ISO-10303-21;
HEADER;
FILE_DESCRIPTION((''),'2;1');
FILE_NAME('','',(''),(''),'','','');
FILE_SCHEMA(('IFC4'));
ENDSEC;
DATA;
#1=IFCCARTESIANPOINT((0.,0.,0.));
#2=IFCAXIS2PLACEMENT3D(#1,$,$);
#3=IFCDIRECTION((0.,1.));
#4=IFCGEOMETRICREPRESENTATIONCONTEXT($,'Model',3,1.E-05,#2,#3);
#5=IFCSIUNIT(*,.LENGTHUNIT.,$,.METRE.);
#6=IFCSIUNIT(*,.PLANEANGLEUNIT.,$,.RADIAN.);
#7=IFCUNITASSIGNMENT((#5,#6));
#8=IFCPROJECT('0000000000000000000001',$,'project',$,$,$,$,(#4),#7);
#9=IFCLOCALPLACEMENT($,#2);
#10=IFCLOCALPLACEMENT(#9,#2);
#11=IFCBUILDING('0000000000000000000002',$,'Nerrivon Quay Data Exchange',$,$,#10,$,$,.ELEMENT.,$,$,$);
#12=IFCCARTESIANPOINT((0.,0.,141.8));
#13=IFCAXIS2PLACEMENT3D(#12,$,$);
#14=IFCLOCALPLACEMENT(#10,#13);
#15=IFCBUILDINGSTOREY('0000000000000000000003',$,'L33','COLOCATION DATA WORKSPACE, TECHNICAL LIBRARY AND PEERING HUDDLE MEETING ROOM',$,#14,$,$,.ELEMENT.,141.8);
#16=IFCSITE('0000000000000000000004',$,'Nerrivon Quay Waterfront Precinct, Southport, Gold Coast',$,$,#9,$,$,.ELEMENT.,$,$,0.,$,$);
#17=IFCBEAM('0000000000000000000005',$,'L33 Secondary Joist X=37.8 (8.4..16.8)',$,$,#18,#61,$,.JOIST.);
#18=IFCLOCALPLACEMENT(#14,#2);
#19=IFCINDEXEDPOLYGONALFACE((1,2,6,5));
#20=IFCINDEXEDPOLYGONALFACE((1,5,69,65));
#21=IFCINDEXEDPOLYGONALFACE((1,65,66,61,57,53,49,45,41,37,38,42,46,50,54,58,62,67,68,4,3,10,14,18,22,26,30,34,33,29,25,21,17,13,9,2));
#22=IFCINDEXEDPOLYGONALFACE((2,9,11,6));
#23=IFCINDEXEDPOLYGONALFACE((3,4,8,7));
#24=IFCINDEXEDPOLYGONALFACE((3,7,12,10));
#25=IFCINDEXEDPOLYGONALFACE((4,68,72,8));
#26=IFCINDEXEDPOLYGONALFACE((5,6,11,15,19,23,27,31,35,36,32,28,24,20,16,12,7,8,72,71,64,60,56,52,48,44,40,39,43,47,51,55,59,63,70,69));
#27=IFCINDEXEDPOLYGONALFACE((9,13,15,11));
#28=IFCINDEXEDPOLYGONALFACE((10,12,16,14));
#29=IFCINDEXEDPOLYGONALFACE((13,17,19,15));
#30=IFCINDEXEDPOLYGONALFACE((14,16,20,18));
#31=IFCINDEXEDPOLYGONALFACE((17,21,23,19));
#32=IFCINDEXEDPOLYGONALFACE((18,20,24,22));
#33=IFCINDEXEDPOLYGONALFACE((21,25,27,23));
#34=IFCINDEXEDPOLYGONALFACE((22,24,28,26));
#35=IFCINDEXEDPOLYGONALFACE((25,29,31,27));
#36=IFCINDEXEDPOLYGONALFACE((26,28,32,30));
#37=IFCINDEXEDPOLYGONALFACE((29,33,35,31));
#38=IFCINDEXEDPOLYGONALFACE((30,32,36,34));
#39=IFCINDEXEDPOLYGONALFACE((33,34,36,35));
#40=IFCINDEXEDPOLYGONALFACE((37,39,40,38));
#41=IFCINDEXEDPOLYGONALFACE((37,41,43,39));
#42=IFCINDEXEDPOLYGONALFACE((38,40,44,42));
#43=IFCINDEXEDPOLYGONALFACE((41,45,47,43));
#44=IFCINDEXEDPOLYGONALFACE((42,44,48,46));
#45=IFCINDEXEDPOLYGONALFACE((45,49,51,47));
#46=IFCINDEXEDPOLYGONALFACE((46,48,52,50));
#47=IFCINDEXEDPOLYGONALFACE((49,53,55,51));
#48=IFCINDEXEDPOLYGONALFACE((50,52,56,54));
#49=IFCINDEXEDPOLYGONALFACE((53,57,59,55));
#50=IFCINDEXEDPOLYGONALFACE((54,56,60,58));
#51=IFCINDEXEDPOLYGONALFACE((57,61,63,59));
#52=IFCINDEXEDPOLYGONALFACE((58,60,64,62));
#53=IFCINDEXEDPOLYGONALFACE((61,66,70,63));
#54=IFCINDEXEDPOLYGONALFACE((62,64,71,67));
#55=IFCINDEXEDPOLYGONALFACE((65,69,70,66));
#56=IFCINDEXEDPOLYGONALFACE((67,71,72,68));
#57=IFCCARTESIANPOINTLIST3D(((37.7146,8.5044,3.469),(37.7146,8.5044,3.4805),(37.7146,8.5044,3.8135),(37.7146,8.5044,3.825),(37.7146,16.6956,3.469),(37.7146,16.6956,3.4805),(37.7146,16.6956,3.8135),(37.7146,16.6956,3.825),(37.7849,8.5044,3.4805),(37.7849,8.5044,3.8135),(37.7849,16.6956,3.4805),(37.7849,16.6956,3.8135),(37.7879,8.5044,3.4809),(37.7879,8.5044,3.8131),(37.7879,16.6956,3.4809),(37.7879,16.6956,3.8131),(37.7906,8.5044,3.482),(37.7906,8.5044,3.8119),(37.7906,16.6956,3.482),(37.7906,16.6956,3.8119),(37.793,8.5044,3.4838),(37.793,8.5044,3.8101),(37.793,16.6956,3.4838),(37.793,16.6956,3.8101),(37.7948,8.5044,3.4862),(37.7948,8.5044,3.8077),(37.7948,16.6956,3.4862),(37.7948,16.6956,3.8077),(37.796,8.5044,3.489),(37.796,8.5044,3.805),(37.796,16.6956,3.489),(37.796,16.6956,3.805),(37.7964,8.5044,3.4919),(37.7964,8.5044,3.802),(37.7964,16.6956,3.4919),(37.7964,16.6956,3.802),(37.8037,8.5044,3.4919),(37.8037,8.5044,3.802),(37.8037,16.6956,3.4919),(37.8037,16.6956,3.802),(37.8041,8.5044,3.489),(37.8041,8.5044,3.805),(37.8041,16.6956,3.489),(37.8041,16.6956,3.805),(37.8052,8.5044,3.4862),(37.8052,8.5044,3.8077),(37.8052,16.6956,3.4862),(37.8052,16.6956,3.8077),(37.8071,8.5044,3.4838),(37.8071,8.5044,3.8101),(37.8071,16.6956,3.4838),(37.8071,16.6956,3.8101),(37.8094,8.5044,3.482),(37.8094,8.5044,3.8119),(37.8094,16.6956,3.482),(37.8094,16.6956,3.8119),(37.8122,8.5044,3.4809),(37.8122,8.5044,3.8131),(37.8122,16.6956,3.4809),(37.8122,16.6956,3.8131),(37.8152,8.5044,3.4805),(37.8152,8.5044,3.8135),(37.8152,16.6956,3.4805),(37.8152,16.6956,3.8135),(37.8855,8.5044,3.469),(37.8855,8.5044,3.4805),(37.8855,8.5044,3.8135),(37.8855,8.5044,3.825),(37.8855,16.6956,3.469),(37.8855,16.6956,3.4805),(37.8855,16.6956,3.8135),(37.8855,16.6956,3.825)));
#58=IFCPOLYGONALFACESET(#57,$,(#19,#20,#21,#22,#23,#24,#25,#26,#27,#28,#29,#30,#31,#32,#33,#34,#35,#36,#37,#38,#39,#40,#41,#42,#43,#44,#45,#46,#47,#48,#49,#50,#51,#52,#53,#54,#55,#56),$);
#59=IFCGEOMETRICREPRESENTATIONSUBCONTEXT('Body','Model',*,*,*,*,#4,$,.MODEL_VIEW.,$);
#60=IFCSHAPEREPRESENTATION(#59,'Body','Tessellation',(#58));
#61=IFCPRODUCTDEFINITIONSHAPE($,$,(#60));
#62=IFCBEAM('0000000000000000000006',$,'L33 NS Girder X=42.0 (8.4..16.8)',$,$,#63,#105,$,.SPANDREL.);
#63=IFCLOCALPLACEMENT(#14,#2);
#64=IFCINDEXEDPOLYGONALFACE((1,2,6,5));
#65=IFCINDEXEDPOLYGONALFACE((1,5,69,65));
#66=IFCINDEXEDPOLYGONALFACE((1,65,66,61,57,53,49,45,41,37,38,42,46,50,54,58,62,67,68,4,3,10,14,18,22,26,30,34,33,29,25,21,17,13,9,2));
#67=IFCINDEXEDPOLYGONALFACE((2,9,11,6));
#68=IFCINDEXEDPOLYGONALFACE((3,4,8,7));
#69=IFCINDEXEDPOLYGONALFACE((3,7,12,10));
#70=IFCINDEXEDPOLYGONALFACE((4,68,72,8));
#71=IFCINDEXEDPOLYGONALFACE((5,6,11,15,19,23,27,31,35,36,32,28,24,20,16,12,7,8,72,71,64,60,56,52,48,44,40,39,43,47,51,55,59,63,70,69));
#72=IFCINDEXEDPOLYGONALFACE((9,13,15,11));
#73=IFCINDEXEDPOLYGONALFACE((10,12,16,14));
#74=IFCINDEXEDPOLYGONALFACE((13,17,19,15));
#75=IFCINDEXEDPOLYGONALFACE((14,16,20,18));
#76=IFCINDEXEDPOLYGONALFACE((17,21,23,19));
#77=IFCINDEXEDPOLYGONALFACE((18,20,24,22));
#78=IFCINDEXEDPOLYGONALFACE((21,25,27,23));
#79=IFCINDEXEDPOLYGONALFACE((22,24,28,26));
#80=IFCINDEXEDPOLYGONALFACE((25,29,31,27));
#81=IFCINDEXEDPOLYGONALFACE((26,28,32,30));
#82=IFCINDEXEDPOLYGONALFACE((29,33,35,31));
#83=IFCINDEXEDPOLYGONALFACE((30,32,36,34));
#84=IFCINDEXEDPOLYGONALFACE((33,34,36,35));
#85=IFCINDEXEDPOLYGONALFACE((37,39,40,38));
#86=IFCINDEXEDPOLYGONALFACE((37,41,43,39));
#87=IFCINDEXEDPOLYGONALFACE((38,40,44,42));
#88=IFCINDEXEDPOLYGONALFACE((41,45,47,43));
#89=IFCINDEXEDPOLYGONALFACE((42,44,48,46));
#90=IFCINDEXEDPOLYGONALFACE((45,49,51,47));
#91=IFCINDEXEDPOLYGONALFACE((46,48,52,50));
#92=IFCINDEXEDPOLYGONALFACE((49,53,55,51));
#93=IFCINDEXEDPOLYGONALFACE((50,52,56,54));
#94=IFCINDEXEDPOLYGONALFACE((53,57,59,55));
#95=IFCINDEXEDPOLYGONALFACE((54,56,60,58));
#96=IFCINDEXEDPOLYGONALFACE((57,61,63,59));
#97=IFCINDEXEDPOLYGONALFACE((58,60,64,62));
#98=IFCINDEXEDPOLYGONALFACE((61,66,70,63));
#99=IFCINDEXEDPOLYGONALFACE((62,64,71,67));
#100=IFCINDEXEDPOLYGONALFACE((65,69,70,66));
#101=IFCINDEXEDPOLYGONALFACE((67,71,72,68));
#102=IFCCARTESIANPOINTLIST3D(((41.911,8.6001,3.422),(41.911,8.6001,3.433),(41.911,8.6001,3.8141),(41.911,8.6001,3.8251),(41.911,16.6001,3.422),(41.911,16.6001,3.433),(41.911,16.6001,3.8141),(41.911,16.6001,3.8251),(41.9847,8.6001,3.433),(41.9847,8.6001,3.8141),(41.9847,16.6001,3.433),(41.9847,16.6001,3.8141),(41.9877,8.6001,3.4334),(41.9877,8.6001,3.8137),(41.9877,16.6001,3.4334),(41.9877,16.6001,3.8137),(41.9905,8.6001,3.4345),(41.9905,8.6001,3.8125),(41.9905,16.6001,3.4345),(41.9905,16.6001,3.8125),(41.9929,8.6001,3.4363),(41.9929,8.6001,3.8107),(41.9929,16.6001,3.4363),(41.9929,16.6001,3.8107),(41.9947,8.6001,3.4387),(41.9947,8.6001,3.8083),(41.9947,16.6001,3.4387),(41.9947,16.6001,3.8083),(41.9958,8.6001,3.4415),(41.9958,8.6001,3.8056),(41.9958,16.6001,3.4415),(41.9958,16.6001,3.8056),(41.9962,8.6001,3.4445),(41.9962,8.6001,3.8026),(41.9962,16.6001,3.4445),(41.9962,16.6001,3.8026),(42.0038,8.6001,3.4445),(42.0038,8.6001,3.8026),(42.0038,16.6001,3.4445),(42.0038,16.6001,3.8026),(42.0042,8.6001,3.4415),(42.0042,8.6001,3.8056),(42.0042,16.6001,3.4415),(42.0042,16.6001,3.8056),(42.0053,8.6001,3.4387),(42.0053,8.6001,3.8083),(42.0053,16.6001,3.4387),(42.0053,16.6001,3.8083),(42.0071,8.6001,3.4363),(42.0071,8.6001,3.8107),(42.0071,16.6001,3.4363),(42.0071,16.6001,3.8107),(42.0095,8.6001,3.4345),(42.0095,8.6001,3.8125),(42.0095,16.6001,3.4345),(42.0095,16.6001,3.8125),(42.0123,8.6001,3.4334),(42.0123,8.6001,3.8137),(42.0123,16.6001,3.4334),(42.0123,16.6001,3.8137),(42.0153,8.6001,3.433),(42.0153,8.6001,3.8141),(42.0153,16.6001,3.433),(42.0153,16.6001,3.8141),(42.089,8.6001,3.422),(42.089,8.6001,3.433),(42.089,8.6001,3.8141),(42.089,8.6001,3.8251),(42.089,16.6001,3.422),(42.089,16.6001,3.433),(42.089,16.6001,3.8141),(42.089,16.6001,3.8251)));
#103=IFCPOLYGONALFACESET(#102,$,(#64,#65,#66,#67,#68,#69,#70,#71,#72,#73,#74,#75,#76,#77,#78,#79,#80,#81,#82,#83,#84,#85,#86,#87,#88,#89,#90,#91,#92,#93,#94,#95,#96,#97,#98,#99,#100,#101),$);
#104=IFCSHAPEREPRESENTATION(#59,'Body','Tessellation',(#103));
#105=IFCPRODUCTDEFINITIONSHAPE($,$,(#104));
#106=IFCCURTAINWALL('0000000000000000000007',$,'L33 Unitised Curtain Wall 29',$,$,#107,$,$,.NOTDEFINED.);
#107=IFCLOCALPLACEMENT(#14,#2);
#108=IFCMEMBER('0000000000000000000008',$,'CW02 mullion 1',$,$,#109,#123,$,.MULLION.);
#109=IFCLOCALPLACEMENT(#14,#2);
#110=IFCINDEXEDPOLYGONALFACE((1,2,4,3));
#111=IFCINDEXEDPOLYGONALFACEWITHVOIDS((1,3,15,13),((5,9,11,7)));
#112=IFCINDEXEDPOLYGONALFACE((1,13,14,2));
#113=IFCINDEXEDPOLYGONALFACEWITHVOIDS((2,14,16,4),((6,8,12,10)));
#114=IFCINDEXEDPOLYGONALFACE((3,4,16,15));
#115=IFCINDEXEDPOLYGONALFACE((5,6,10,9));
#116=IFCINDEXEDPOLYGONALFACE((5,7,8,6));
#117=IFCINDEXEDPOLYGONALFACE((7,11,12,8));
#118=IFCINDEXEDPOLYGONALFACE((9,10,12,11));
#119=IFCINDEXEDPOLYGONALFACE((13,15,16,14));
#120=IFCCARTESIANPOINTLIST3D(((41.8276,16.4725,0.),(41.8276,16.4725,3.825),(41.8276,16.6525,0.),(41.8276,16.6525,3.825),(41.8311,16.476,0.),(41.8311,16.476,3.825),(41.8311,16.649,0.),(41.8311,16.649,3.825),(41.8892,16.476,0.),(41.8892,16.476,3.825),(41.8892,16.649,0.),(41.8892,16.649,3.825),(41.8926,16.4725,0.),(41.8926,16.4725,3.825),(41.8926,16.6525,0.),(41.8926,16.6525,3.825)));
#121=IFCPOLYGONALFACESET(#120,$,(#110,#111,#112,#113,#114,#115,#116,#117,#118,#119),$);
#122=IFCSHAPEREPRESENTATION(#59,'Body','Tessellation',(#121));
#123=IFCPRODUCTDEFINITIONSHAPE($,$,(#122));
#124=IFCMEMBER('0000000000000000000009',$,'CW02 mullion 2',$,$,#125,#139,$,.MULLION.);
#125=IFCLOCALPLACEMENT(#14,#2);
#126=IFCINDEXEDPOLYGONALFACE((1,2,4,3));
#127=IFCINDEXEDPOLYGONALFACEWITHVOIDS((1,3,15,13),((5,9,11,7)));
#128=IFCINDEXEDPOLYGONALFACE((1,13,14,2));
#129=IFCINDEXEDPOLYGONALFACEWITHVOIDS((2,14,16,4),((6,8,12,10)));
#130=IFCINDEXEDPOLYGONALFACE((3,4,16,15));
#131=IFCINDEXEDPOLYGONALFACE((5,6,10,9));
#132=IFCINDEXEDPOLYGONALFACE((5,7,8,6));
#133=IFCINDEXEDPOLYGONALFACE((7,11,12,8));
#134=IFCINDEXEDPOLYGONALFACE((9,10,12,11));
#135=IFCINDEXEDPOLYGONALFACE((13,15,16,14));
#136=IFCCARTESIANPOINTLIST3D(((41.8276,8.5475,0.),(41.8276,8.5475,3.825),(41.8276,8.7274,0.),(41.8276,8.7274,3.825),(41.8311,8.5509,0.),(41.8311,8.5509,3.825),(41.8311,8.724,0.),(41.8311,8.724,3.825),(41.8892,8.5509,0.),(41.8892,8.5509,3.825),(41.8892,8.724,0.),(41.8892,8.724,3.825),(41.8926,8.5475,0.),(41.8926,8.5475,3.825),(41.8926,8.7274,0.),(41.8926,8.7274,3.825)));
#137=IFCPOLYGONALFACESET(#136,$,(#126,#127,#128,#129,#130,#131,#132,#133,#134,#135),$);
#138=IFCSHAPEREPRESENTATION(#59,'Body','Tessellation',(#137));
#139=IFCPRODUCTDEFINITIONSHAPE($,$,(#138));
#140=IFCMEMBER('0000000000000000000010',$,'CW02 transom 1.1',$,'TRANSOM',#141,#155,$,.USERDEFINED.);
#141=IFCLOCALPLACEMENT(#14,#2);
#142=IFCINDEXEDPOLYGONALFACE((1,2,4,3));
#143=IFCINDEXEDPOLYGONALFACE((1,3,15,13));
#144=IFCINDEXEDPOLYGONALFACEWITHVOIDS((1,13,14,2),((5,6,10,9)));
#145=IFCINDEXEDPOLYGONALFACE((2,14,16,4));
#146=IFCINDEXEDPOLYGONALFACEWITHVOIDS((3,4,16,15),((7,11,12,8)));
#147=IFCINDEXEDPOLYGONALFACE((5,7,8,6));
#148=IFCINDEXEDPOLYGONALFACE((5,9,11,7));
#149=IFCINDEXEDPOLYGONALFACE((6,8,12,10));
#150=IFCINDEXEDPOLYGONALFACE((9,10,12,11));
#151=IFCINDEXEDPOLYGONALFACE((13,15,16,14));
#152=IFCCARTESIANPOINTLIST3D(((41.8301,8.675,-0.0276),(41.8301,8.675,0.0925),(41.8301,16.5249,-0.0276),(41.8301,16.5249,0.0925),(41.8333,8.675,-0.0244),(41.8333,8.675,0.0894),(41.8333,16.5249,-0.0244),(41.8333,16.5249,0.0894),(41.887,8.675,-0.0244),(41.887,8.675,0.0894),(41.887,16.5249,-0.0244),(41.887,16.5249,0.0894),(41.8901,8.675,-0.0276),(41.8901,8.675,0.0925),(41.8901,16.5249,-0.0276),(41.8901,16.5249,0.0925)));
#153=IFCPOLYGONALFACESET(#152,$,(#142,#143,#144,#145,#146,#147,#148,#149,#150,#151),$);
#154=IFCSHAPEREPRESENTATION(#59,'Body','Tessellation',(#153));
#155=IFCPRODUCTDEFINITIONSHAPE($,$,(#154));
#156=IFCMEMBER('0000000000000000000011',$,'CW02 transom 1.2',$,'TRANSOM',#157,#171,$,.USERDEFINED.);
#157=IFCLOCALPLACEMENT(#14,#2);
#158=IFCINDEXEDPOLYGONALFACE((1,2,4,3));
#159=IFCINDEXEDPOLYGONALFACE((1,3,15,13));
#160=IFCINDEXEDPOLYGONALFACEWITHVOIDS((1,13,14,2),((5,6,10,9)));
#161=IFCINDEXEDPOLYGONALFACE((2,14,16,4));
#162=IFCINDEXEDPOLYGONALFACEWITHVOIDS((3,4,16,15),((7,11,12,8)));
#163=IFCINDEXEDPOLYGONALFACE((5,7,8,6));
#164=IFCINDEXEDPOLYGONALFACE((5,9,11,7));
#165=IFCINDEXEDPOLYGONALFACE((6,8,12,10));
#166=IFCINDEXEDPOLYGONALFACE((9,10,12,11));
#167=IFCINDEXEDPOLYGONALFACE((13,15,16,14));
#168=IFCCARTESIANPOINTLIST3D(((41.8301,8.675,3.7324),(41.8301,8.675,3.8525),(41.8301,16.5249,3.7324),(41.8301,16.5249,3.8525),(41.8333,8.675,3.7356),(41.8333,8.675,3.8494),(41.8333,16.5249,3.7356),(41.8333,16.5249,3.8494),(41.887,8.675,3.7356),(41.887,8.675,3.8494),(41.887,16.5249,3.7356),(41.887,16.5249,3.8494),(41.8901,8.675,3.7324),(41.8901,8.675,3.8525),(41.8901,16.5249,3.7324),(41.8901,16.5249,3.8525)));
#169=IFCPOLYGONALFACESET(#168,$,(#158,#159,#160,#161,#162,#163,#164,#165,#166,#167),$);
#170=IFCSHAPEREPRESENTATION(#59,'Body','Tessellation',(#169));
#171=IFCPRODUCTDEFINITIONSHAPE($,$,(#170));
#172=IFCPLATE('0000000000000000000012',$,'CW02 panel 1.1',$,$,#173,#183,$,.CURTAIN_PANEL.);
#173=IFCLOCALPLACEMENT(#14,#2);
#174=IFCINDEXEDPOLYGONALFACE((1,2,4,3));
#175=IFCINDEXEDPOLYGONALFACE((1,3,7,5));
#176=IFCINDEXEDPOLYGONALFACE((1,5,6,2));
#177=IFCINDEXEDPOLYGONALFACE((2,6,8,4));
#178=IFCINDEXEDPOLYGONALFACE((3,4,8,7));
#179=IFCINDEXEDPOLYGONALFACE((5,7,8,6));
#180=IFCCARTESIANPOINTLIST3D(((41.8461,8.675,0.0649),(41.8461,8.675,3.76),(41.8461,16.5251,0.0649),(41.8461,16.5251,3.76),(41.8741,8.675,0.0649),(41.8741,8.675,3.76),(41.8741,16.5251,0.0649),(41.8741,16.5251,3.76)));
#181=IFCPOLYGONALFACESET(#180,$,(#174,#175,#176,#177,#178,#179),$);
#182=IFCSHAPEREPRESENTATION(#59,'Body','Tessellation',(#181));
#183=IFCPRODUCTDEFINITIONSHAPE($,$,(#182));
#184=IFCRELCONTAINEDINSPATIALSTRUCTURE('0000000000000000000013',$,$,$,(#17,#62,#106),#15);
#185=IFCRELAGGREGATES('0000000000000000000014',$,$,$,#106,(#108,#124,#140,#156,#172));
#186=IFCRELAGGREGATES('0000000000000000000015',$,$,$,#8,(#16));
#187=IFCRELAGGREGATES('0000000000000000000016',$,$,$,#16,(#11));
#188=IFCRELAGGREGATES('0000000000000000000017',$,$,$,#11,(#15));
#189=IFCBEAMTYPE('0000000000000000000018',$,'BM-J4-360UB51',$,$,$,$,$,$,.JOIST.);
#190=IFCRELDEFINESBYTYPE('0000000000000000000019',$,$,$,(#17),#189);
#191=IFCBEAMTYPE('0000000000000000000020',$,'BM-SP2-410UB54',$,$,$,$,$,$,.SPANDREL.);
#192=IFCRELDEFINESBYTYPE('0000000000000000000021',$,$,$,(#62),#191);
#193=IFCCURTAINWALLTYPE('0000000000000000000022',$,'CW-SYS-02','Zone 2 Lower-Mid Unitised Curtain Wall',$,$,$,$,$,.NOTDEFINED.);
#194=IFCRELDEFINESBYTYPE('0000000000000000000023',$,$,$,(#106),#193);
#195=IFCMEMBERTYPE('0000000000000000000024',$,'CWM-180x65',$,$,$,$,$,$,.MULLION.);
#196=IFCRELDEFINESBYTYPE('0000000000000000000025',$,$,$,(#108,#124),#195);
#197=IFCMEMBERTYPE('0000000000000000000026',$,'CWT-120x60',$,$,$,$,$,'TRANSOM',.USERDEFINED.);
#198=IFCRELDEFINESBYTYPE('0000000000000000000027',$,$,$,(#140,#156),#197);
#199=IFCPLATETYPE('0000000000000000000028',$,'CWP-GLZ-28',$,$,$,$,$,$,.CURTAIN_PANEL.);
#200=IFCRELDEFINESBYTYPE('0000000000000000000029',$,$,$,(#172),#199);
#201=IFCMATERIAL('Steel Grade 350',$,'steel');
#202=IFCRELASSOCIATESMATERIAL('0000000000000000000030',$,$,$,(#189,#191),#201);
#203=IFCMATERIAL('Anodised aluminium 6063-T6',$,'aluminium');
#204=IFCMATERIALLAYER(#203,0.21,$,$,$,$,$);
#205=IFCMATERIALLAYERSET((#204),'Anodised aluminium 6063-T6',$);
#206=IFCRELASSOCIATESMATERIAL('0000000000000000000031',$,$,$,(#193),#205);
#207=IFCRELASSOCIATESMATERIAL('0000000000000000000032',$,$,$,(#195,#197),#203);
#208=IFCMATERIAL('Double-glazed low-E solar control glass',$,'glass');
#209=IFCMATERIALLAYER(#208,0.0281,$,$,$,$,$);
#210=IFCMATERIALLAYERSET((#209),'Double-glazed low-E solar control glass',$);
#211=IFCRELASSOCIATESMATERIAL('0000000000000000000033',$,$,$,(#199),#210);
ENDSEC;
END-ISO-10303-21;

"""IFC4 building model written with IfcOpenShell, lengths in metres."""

from ifc_helpers import new_model, si_unit, direction, frame, origin, origin_2d, place, context, subcontext, project, spatial, rectangle, hollow_rectangle, i_section, extrude, material, layer, layer_set, material_profile, profile_set, type_object, element, aggregate, save


model = new_model("IFC4")

# Units and contexts
model_context = context("Model", 3, precision=1e-05, world=origin(), true_north=direction((0.0, 1.0)))
body_context = subcontext(model_context, "Body", "Model", "MODEL_VIEW")
ifc_project = project(units=[si_unit("LENGTHUNIT", "METRE"), si_unit("PLANEANGLEUNIT", "RADIAN")], contexts=[model_context])

# Site, building, storey
site_placement = place(None, origin())
site = spatial("IfcSite", under=ifc_project, at=site_placement, Name="Nerrivon Quay Waterfront Precinct, Southport, Gold Coast", CompositionType="ELEMENT", RefElevation=0.0)
building_placement = place(site_placement, origin())
building = spatial("IfcBuilding", under=site, at=building_placement, Name="Nerrivon Quay Data Exchange", CompositionType="ELEMENT")
storey_placement = place(building_placement, frame((0.0, 0.0, 141.8)))
storey = spatial("IfcBuildingStorey", under=building, at=storey_placement, Name="L33", Description="COLOCATION DATA WORKSPACE, TECHNICAL LIBRARY AND PEERING HUDDLE MEETING ROOM", CompositionType="ELEMENT", Elevation=141.8)

# Shared definitions
ifc_material_1 = material(Name="Steel Grade 350", Category="steel")

# Beams
ifc_material_profile_1 = material_profile(ifc_material_1, i_section(OverallWidth=0.1709, OverallDepth=0.356, WebThickness=0.0073, FlangeThickness=0.0115, FilletRadius=0.0115, at=origin_2d()), Name="360UB50.7")
ifc_profile_set_1 = profile_set([ifc_material_profile_1], Name="Steel Grade 350")
beam_type_1 = type_object("IfcBeamType", Name="BM-J4-360UB51", PredefinedType="JOIST", material=ifc_profile_set_1)
beam_1_placement = place(storey_placement, frame((37.8, 8.5044, 3.647), z_axis=(0.0, 1.0, 0.0), x_axis=(-1.0, 0.0, 0.0)))
element("IfcBeam", 1, at=beam_1_placement, inside=storey, type_object=beam_type_1, Name="L33 Secondary Joist X=37.8 (8.4..16.8)", PredefinedType="JOIST", context=body_context, shape_type="SweptSolid", body=[
    extrude(i_section(OverallWidth=0.1709, OverallDepth=0.356, WebThickness=0.0073, FlangeThickness=0.0115, FilletRadius=0.0115, at=origin_2d()), origin(), (0.0, 0.0, 1.0), 8.1912),
])
ifc_material_profile_2 = material_profile(ifc_material_1, i_section(OverallWidth=0.178, OverallDepth=0.4031, WebThickness=0.0076, FlangeThickness=0.011, FilletRadius=0.0115, at=origin_2d()), Name="410UB53.7")
ifc_profile_set_2 = profile_set([ifc_material_profile_2], Name="Steel Grade 350")
beam_type_2 = type_object("IfcBeamType", Name="BM-SP2-410UB54", PredefinedType="SPANDREL", material=ifc_profile_set_2)
beam_2_placement = place(storey_placement, frame((42.0, 8.6001, 3.6235), z_axis=(0.0, 1.0, 0.0), x_axis=(-1.0, 0.0, 0.0)))
element("IfcBeam", 2, at=beam_2_placement, inside=storey, type_object=beam_type_2, Name="L33 NS Girder X=42.0 (8.4..16.8)", PredefinedType="SPANDREL", context=body_context, shape_type="SweptSolid", body=[
    extrude(i_section(OverallWidth=0.178, OverallDepth=0.4031, WebThickness=0.0076, FlangeThickness=0.011, FilletRadius=0.0115, at=origin_2d()), origin(), (0.0, 0.0, 1.0), 8.0),
])

# Curtain wall, members, plate
ifc_material_2 = material(Name="Anodised aluminium 6063-T6", Category="aluminium")
ifc_layer_1 = layer(ifc_material_2, 0.21)
ifc_layer_set_1 = layer_set([ifc_layer_1], Name="Anodised aluminium 6063-T6")
curtain_wall_type = type_object("IfcCurtainWallType", Name="CW-SYS-02", Description="Zone 2 Lower-Mid Unitised Curtain Wall", PredefinedType="NOTDEFINED", material=ifc_layer_set_1)
curtain_wall_placement = place(storey_placement, origin())
curtain_wall = element("IfcCurtainWall", 3, at=curtain_wall_placement, inside=storey, type_object=curtain_wall_type, Name="L33 Unitised Curtain Wall 29", PredefinedType="NOTDEFINED")
ifc_material_profile_3 = material_profile(ifc_material_2, hollow_rectangle(XDim=0.0649, YDim=0.1799, WallThickness=0.0034, at=origin_2d()), Name="ALU-MULL-180x65")
ifc_profile_set_3 = profile_set([ifc_material_profile_3], Name="Anodised aluminium 6063-T6")
member_type_1 = type_object("IfcMemberType", Name="CWM-180x65", PredefinedType="MULLION", material=ifc_profile_set_3)
member_1_placement = place(storey_placement, frame((41.8601, 16.5625, 0.0), z_axis=(0.0, 0.0, 1.0), x_axis=(1.0, 0.0, 0.0)))
member_1 = element("IfcMember", 4, at=member_1_placement, type_object=member_type_1, Name="CW02 mullion 1", PredefinedType="MULLION", context=body_context, shape_type="SweptSolid", body=[
    extrude(hollow_rectangle(XDim=0.0649, YDim=0.1799, WallThickness=0.0034, at=origin_2d()), origin(), (0.0, 0.0, 1.0), 3.825),
])
member_2_placement = place(storey_placement, frame((41.8601, 8.6375, 0.0), z_axis=(0.0, 0.0, 1.0), x_axis=(1.0, 0.0, 0.0)))
member_2 = element("IfcMember", 5, at=member_2_placement, type_object=member_type_1, Name="CW02 mullion 2", PredefinedType="MULLION", context=body_context, shape_type="SweptSolid", body=[
    extrude(hollow_rectangle(XDim=0.0649, YDim=0.1799, WallThickness=0.0034, at=origin_2d()), origin(), (0.0, 0.0, 1.0), 3.825),
])
ifc_material_profile_4 = material_profile(ifc_material_2, hollow_rectangle(XDim=0.0601, YDim=0.1201, WallThickness=0.0032, at=origin_2d()), Name="ALU-TRAN-120x60")
ifc_profile_set_4 = profile_set([ifc_material_profile_4], Name="Anodised aluminium 6063-T6")
member_type_2 = type_object("IfcMemberType", Name="CWT-120x60", ElementType="TRANSOM", PredefinedType="USERDEFINED", material=ifc_profile_set_4)
member_3_placement = place(storey_placement, frame((41.8601, 16.5249, 0.0325), z_axis=(0.0, -1.0, 0.0), x_axis=(1.0, 0.0, 0.0)))
member_3 = element("IfcMember", 6, at=member_3_placement, type_object=member_type_2, Name="CW02 transom 1.1", ObjectType="TRANSOM", PredefinedType="USERDEFINED", context=body_context, shape_type="SweptSolid", body=[
    extrude(hollow_rectangle(XDim=0.0601, YDim=0.1201, WallThickness=0.0032, at=origin_2d()), origin(), (0.0, 0.0, 1.0), 7.8499),
])
member_4_placement = place(storey_placement, frame((41.8601, 16.5249, 3.7925), z_axis=(0.0, -1.0, 0.0), x_axis=(1.0, 0.0, 0.0)))
member_4 = element("IfcMember", 7, at=member_4_placement, type_object=member_type_2, Name="CW02 transom 1.2", ObjectType="TRANSOM", PredefinedType="USERDEFINED", context=body_context, shape_type="SweptSolid", body=[
    extrude(hollow_rectangle(XDim=0.0601, YDim=0.1201, WallThickness=0.0032, at=origin_2d()), origin(), (0.0, 0.0, 1.0), 7.8499),
])
ifc_material_3 = material(Name="Double-glazed low-E solar control glass", Category="glass")
ifc_layer_2 = layer(ifc_material_3, 0.0281)
ifc_layer_set_2 = layer_set([ifc_layer_2], Name="Double-glazed low-E solar control glass")
plate_type = type_object("IfcPlateType", Name="CWP-GLZ-28", PredefinedType="CURTAIN_PANEL", material=ifc_layer_set_2)
plate_placement = place(storey_placement, frame((41.8601, 12.6001, 0.0649), z_axis=(0.0, 0.0, 1.0), x_axis=(0.0, -1.0, 0.0)))
plate = element("IfcPlate", 8, at=plate_placement, type_object=plate_type, Name="CW02 panel 1.1", PredefinedType="CURTAIN_PANEL", context=body_context, shape_type="SweptSolid", body=[
    extrude(rectangle(XDim=7.8501, YDim=0.0281, at=origin_2d()), origin(), (0.0, 0.0, 1.0), 3.6951),
])
aggregate(curtain_wall, [member_1, member_2, member_3, member_4, plate])

save(model, "model.ifc")
